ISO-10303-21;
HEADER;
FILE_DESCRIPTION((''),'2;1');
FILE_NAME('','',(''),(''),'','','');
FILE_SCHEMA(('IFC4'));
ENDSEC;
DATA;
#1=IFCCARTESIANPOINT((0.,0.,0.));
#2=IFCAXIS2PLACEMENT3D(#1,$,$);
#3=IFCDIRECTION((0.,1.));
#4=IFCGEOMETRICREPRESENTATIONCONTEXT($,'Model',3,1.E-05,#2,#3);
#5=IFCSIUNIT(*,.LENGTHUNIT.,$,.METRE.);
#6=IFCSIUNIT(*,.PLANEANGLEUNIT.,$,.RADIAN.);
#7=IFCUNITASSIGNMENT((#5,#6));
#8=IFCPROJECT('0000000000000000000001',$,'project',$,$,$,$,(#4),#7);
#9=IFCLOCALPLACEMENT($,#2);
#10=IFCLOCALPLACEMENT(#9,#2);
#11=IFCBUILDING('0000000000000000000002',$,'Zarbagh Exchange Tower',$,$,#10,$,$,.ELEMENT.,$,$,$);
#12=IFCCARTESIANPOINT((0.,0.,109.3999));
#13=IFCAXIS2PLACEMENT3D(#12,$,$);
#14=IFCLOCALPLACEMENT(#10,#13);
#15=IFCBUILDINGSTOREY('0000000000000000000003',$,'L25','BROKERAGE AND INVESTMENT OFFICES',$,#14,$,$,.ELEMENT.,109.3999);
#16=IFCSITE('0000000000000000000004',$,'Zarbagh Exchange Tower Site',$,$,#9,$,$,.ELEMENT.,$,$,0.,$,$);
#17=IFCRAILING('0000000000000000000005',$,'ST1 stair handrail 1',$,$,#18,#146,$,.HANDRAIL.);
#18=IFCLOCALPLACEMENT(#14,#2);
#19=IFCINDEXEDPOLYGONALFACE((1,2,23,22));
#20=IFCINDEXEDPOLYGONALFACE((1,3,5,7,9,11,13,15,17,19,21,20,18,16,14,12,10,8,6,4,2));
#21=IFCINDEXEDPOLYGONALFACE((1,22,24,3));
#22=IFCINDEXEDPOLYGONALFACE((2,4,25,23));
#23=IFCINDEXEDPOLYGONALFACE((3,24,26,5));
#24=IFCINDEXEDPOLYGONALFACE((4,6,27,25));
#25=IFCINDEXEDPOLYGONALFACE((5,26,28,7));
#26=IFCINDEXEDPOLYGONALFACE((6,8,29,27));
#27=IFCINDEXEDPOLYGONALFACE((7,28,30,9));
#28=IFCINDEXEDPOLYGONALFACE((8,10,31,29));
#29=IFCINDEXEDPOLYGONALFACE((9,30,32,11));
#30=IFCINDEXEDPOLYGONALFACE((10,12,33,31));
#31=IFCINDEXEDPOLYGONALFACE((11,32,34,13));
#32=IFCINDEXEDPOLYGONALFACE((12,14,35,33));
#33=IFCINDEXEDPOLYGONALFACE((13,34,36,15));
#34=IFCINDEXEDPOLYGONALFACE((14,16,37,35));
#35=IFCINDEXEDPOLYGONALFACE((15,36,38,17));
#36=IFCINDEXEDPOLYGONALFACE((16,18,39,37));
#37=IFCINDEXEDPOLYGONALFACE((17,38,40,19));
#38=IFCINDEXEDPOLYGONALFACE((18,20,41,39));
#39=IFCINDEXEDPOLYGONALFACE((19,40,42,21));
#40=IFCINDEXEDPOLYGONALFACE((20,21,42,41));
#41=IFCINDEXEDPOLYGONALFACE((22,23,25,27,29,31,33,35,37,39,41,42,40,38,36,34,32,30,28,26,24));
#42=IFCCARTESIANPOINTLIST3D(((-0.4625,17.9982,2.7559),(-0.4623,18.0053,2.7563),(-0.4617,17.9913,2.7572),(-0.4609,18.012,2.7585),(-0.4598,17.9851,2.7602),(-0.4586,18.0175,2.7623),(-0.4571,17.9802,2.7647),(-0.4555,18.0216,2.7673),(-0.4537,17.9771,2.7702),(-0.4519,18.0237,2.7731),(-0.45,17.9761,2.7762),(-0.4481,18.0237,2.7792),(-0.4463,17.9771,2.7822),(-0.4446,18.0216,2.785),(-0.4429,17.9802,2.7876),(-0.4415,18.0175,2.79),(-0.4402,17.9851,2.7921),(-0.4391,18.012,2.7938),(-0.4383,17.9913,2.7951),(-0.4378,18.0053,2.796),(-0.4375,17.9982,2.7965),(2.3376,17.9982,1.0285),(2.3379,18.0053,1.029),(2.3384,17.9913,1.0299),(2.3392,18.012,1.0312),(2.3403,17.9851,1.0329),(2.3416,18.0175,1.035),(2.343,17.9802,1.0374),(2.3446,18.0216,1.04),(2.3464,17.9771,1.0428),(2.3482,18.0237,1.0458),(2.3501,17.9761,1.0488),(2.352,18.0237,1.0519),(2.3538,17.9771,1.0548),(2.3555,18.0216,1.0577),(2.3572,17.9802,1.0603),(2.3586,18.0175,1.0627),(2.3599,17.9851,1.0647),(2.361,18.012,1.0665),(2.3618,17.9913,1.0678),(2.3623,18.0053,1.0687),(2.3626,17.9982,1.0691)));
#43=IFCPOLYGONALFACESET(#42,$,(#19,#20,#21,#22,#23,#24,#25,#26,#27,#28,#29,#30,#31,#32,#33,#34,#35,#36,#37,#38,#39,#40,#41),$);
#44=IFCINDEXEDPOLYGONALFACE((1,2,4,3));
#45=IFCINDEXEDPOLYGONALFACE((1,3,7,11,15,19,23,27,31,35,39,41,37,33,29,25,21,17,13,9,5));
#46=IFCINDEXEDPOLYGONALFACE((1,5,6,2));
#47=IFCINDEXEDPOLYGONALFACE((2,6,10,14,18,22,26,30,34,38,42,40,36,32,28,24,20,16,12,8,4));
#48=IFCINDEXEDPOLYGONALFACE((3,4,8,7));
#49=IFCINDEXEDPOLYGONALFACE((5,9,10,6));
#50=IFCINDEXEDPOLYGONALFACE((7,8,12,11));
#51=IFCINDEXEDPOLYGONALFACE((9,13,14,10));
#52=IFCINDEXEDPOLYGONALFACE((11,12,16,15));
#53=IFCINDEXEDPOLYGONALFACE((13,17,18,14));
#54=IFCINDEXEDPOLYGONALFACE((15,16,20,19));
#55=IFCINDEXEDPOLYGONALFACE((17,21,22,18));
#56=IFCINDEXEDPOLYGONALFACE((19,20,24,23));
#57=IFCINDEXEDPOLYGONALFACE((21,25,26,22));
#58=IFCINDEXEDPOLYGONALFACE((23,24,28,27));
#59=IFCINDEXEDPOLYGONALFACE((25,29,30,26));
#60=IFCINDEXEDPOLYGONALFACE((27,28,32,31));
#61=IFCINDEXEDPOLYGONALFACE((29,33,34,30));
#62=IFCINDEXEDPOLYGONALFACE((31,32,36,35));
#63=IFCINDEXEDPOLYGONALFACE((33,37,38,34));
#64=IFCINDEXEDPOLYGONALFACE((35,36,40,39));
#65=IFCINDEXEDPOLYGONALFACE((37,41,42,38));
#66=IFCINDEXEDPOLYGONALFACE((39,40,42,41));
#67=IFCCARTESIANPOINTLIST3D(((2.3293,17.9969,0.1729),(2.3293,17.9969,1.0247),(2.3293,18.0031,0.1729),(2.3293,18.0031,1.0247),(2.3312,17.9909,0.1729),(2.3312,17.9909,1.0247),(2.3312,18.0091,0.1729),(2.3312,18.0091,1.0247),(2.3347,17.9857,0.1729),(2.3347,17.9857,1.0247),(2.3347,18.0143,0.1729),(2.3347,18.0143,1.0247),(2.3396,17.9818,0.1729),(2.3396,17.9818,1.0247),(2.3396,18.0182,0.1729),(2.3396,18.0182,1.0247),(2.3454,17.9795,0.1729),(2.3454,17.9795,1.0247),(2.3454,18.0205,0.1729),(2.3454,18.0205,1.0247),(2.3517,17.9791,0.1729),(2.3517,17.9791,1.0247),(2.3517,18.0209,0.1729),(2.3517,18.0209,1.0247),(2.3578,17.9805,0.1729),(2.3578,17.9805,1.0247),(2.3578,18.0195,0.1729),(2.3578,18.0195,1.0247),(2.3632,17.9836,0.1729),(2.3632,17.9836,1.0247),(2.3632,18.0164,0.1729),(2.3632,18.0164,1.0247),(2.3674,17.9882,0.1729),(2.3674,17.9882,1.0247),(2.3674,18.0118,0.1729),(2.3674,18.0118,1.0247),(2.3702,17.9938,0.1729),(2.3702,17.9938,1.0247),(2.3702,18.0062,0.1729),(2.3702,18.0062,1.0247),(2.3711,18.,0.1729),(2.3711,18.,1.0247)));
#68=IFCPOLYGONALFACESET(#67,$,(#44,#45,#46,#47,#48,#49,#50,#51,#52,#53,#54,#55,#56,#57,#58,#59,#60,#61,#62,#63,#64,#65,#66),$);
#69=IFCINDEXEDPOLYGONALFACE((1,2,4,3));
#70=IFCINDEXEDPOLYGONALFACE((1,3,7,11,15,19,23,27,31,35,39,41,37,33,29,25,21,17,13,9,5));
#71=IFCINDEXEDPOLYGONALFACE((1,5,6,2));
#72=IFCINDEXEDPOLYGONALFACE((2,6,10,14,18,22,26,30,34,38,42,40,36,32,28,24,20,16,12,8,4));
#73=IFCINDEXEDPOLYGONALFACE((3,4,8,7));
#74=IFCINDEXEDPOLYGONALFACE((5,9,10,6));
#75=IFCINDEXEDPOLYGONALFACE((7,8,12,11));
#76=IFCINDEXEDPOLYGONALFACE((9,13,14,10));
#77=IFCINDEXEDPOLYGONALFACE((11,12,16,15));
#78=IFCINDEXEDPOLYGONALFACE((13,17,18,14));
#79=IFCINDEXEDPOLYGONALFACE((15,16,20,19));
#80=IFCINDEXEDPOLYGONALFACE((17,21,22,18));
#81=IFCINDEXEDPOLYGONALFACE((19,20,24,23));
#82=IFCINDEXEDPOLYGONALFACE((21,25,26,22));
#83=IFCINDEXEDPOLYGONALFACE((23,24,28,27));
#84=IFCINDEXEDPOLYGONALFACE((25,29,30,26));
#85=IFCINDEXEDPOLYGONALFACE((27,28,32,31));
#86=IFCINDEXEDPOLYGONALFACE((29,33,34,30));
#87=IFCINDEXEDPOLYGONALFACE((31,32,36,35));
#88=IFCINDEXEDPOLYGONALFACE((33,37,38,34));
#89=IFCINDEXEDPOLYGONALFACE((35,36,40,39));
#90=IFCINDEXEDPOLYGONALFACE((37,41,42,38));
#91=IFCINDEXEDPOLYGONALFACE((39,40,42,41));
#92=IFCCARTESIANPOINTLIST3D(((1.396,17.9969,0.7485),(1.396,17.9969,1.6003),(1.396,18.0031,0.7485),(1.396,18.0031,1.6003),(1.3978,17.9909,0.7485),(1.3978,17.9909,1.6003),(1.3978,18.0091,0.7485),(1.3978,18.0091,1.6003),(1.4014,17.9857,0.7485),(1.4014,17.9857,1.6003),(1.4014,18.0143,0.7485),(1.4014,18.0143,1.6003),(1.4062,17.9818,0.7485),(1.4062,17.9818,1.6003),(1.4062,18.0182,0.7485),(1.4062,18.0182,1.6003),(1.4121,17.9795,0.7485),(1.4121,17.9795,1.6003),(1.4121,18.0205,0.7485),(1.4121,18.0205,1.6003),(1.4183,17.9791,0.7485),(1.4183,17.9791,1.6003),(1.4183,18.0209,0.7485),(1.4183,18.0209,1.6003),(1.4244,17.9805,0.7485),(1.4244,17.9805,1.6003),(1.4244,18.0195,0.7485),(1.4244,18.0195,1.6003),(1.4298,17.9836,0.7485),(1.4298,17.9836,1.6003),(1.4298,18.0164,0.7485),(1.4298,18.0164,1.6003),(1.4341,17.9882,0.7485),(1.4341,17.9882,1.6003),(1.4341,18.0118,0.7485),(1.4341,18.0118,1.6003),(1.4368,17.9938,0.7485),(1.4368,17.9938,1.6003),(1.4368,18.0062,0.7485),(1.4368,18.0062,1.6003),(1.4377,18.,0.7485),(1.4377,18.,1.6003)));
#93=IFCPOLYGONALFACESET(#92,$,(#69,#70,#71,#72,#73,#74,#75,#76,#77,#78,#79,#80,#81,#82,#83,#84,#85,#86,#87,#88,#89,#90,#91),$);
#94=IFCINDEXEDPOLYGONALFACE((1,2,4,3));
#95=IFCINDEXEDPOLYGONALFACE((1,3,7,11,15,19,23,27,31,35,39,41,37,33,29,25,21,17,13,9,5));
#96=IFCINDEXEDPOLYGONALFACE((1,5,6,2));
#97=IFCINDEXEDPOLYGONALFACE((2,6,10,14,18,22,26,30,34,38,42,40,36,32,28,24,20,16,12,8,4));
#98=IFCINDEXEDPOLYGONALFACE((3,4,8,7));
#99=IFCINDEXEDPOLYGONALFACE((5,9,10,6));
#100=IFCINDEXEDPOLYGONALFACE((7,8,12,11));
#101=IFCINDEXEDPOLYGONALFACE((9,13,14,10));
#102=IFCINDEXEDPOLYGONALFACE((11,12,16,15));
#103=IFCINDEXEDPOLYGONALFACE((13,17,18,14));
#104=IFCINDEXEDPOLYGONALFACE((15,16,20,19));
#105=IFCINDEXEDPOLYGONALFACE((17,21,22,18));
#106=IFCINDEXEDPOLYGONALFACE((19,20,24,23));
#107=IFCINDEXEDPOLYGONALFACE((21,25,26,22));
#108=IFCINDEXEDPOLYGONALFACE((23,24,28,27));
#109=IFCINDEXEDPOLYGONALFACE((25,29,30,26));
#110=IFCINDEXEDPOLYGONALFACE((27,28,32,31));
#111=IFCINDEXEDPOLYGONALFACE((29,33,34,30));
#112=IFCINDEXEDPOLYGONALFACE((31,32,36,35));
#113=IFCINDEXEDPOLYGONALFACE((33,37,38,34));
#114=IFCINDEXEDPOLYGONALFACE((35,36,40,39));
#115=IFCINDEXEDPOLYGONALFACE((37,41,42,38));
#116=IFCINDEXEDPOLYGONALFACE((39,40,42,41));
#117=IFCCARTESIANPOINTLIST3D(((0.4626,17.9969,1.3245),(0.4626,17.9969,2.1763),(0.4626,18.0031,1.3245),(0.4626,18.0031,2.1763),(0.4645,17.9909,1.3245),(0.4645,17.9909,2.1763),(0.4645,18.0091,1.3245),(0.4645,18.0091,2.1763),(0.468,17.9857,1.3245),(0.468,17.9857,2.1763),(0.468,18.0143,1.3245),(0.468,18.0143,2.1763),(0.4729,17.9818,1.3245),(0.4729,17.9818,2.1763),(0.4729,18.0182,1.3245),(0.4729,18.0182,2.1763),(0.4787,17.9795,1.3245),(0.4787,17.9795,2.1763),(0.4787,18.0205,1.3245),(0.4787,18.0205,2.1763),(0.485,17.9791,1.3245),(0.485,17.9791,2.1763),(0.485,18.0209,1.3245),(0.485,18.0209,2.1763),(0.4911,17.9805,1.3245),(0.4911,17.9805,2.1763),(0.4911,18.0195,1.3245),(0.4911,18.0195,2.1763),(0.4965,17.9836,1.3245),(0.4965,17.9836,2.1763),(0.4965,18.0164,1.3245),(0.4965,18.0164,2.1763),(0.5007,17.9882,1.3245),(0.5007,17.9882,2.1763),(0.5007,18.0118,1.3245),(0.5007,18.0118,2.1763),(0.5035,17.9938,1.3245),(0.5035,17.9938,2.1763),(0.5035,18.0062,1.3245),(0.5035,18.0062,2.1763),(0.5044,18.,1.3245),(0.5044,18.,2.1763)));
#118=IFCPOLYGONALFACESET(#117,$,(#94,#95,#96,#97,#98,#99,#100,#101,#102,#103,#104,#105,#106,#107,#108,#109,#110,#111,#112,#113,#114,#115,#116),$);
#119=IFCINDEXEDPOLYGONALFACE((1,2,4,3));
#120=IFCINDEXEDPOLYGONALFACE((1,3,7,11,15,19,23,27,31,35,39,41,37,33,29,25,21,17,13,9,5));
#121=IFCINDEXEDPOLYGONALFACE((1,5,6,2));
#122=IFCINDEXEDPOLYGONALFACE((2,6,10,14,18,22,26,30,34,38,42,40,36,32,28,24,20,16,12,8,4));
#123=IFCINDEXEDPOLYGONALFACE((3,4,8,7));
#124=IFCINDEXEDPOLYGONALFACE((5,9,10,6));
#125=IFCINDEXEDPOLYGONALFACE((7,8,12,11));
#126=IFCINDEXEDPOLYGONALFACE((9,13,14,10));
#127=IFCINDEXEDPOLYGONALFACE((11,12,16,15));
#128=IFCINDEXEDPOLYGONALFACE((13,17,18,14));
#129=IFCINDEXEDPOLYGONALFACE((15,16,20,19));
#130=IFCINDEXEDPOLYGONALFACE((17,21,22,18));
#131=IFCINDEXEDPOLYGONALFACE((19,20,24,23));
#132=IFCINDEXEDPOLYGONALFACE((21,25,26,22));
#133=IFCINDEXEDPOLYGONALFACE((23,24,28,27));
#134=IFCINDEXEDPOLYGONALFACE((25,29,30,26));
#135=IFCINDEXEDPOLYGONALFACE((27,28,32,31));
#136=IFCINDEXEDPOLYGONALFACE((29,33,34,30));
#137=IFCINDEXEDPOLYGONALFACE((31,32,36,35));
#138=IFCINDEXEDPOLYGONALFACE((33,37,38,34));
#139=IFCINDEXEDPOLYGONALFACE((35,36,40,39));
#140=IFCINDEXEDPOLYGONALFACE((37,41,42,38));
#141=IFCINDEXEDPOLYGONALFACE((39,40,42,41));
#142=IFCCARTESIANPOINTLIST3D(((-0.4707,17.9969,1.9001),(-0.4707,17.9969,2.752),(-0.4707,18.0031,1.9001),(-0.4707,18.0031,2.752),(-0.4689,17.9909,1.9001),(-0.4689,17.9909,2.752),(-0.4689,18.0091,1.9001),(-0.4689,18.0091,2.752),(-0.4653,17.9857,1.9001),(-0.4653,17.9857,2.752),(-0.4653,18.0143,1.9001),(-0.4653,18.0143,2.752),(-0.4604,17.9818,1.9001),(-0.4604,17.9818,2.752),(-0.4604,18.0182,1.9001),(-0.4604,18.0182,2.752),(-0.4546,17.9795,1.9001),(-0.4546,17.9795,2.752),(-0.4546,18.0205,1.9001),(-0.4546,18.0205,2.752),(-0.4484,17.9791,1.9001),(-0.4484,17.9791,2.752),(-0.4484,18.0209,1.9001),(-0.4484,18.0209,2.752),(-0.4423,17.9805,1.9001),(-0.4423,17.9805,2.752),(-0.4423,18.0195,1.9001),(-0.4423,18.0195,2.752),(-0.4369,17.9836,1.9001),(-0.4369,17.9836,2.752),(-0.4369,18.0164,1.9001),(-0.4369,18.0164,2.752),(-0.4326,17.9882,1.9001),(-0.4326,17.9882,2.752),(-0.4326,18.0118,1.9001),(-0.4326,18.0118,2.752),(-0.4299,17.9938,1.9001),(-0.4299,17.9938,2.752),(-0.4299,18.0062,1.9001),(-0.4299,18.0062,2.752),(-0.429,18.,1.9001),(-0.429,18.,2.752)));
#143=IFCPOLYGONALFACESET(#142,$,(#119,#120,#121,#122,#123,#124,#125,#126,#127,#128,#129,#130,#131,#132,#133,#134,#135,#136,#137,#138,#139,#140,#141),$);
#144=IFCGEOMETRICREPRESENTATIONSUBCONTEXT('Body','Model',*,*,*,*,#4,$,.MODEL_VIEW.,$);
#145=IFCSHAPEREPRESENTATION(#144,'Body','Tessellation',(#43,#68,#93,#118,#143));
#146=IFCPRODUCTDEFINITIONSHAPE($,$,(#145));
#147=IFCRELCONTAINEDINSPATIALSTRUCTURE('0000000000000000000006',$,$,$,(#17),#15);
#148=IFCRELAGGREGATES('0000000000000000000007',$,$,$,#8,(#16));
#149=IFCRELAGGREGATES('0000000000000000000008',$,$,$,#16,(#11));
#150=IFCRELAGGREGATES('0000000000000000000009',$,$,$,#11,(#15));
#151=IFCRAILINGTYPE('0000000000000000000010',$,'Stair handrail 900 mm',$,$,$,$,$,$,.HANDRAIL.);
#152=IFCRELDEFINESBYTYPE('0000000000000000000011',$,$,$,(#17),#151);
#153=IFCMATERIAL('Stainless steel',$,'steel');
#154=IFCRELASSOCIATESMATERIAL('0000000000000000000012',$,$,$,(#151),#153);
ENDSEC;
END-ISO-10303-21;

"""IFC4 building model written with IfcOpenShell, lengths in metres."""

from ifc_helpers import new_model, si_unit, direction, frame, origin, origin_2d, place, context, subcontext, project, spatial, circle, extrude, material, type_object, element, save


model = new_model("IFC4")

# Units and contexts
model_context = context("Model", 3, precision=1e-05, world=origin(), true_north=direction((0.0, 1.0)))
body_context = subcontext(model_context, "Body", "Model", "MODEL_VIEW")
ifc_project = project(units=[si_unit("LENGTHUNIT", "METRE"), si_unit("PLANEANGLEUNIT", "RADIAN")], contexts=[model_context])

# Site, building, storey
site_placement = place(None, origin())
site = spatial("IfcSite", under=ifc_project, at=site_placement, Name="Zarbagh Exchange Tower Site", CompositionType="ELEMENT", RefElevation=0.0)
building_placement = place(site_placement, origin())
building = spatial("IfcBuilding", under=site, at=building_placement, Name="Zarbagh Exchange Tower", CompositionType="ELEMENT")
storey_placement = place(building_placement, frame((0.0, 0.0, 109.3999)))
storey = spatial("IfcBuildingStorey", under=building, at=storey_placement, Name="L25", Description="BROKERAGE AND INVESTMENT OFFICES", CompositionType="ELEMENT", Elevation=109.3999)

# Shared definitions
ifc_material_1 = material(Name="Stainless steel", Category="steel")

# Railing
railing_type = type_object("IfcRailingType", Name="Stair handrail 900 mm", PredefinedType="HANDRAIL", material=ifc_material_1)
for number, where, name in (
    (1, (2.3501, 18.0, 0.1729), "ST1 stair handrail 1"),
):
    element("IfcRailing", number, at=place(storey_placement, frame(where)), inside=storey, type_object=railing_type, Name=name, PredefinedType="HANDRAIL", context=body_context, shape_type="SweptSolid", body=[
        extrude(circle(Radius=0.0239, at=origin_2d()), frame((0.0, 0.0, 0.876), z_axis=(-0.85109, 0.0, 0.52502), x_axis=(0.0, -1.0, 0.0)), (0.0, 0.0, 1.0), 3.29),
        extrude(circle(Radius=0.021, at=origin_2d()), origin(), (0.0, 0.0, 1.0), 0.8518),
        extrude(circle(Radius=0.021, at=origin_2d()), frame((-0.9333, 0.0, 0.5757)), (0.0, 0.0, 1.0), 0.8518),
        extrude(circle(Radius=0.021, at=origin_2d()), frame((-1.8667, 0.0, 1.1516)), (0.0, 0.0, 1.0), 0.8518),
        extrude(circle(Radius=0.021, at=origin_2d()), frame((-2.8, 0.0, 1.7273)), (0.0, 0.0, 1.0), 0.8518),
    ])

save(model, "model.ifc")
